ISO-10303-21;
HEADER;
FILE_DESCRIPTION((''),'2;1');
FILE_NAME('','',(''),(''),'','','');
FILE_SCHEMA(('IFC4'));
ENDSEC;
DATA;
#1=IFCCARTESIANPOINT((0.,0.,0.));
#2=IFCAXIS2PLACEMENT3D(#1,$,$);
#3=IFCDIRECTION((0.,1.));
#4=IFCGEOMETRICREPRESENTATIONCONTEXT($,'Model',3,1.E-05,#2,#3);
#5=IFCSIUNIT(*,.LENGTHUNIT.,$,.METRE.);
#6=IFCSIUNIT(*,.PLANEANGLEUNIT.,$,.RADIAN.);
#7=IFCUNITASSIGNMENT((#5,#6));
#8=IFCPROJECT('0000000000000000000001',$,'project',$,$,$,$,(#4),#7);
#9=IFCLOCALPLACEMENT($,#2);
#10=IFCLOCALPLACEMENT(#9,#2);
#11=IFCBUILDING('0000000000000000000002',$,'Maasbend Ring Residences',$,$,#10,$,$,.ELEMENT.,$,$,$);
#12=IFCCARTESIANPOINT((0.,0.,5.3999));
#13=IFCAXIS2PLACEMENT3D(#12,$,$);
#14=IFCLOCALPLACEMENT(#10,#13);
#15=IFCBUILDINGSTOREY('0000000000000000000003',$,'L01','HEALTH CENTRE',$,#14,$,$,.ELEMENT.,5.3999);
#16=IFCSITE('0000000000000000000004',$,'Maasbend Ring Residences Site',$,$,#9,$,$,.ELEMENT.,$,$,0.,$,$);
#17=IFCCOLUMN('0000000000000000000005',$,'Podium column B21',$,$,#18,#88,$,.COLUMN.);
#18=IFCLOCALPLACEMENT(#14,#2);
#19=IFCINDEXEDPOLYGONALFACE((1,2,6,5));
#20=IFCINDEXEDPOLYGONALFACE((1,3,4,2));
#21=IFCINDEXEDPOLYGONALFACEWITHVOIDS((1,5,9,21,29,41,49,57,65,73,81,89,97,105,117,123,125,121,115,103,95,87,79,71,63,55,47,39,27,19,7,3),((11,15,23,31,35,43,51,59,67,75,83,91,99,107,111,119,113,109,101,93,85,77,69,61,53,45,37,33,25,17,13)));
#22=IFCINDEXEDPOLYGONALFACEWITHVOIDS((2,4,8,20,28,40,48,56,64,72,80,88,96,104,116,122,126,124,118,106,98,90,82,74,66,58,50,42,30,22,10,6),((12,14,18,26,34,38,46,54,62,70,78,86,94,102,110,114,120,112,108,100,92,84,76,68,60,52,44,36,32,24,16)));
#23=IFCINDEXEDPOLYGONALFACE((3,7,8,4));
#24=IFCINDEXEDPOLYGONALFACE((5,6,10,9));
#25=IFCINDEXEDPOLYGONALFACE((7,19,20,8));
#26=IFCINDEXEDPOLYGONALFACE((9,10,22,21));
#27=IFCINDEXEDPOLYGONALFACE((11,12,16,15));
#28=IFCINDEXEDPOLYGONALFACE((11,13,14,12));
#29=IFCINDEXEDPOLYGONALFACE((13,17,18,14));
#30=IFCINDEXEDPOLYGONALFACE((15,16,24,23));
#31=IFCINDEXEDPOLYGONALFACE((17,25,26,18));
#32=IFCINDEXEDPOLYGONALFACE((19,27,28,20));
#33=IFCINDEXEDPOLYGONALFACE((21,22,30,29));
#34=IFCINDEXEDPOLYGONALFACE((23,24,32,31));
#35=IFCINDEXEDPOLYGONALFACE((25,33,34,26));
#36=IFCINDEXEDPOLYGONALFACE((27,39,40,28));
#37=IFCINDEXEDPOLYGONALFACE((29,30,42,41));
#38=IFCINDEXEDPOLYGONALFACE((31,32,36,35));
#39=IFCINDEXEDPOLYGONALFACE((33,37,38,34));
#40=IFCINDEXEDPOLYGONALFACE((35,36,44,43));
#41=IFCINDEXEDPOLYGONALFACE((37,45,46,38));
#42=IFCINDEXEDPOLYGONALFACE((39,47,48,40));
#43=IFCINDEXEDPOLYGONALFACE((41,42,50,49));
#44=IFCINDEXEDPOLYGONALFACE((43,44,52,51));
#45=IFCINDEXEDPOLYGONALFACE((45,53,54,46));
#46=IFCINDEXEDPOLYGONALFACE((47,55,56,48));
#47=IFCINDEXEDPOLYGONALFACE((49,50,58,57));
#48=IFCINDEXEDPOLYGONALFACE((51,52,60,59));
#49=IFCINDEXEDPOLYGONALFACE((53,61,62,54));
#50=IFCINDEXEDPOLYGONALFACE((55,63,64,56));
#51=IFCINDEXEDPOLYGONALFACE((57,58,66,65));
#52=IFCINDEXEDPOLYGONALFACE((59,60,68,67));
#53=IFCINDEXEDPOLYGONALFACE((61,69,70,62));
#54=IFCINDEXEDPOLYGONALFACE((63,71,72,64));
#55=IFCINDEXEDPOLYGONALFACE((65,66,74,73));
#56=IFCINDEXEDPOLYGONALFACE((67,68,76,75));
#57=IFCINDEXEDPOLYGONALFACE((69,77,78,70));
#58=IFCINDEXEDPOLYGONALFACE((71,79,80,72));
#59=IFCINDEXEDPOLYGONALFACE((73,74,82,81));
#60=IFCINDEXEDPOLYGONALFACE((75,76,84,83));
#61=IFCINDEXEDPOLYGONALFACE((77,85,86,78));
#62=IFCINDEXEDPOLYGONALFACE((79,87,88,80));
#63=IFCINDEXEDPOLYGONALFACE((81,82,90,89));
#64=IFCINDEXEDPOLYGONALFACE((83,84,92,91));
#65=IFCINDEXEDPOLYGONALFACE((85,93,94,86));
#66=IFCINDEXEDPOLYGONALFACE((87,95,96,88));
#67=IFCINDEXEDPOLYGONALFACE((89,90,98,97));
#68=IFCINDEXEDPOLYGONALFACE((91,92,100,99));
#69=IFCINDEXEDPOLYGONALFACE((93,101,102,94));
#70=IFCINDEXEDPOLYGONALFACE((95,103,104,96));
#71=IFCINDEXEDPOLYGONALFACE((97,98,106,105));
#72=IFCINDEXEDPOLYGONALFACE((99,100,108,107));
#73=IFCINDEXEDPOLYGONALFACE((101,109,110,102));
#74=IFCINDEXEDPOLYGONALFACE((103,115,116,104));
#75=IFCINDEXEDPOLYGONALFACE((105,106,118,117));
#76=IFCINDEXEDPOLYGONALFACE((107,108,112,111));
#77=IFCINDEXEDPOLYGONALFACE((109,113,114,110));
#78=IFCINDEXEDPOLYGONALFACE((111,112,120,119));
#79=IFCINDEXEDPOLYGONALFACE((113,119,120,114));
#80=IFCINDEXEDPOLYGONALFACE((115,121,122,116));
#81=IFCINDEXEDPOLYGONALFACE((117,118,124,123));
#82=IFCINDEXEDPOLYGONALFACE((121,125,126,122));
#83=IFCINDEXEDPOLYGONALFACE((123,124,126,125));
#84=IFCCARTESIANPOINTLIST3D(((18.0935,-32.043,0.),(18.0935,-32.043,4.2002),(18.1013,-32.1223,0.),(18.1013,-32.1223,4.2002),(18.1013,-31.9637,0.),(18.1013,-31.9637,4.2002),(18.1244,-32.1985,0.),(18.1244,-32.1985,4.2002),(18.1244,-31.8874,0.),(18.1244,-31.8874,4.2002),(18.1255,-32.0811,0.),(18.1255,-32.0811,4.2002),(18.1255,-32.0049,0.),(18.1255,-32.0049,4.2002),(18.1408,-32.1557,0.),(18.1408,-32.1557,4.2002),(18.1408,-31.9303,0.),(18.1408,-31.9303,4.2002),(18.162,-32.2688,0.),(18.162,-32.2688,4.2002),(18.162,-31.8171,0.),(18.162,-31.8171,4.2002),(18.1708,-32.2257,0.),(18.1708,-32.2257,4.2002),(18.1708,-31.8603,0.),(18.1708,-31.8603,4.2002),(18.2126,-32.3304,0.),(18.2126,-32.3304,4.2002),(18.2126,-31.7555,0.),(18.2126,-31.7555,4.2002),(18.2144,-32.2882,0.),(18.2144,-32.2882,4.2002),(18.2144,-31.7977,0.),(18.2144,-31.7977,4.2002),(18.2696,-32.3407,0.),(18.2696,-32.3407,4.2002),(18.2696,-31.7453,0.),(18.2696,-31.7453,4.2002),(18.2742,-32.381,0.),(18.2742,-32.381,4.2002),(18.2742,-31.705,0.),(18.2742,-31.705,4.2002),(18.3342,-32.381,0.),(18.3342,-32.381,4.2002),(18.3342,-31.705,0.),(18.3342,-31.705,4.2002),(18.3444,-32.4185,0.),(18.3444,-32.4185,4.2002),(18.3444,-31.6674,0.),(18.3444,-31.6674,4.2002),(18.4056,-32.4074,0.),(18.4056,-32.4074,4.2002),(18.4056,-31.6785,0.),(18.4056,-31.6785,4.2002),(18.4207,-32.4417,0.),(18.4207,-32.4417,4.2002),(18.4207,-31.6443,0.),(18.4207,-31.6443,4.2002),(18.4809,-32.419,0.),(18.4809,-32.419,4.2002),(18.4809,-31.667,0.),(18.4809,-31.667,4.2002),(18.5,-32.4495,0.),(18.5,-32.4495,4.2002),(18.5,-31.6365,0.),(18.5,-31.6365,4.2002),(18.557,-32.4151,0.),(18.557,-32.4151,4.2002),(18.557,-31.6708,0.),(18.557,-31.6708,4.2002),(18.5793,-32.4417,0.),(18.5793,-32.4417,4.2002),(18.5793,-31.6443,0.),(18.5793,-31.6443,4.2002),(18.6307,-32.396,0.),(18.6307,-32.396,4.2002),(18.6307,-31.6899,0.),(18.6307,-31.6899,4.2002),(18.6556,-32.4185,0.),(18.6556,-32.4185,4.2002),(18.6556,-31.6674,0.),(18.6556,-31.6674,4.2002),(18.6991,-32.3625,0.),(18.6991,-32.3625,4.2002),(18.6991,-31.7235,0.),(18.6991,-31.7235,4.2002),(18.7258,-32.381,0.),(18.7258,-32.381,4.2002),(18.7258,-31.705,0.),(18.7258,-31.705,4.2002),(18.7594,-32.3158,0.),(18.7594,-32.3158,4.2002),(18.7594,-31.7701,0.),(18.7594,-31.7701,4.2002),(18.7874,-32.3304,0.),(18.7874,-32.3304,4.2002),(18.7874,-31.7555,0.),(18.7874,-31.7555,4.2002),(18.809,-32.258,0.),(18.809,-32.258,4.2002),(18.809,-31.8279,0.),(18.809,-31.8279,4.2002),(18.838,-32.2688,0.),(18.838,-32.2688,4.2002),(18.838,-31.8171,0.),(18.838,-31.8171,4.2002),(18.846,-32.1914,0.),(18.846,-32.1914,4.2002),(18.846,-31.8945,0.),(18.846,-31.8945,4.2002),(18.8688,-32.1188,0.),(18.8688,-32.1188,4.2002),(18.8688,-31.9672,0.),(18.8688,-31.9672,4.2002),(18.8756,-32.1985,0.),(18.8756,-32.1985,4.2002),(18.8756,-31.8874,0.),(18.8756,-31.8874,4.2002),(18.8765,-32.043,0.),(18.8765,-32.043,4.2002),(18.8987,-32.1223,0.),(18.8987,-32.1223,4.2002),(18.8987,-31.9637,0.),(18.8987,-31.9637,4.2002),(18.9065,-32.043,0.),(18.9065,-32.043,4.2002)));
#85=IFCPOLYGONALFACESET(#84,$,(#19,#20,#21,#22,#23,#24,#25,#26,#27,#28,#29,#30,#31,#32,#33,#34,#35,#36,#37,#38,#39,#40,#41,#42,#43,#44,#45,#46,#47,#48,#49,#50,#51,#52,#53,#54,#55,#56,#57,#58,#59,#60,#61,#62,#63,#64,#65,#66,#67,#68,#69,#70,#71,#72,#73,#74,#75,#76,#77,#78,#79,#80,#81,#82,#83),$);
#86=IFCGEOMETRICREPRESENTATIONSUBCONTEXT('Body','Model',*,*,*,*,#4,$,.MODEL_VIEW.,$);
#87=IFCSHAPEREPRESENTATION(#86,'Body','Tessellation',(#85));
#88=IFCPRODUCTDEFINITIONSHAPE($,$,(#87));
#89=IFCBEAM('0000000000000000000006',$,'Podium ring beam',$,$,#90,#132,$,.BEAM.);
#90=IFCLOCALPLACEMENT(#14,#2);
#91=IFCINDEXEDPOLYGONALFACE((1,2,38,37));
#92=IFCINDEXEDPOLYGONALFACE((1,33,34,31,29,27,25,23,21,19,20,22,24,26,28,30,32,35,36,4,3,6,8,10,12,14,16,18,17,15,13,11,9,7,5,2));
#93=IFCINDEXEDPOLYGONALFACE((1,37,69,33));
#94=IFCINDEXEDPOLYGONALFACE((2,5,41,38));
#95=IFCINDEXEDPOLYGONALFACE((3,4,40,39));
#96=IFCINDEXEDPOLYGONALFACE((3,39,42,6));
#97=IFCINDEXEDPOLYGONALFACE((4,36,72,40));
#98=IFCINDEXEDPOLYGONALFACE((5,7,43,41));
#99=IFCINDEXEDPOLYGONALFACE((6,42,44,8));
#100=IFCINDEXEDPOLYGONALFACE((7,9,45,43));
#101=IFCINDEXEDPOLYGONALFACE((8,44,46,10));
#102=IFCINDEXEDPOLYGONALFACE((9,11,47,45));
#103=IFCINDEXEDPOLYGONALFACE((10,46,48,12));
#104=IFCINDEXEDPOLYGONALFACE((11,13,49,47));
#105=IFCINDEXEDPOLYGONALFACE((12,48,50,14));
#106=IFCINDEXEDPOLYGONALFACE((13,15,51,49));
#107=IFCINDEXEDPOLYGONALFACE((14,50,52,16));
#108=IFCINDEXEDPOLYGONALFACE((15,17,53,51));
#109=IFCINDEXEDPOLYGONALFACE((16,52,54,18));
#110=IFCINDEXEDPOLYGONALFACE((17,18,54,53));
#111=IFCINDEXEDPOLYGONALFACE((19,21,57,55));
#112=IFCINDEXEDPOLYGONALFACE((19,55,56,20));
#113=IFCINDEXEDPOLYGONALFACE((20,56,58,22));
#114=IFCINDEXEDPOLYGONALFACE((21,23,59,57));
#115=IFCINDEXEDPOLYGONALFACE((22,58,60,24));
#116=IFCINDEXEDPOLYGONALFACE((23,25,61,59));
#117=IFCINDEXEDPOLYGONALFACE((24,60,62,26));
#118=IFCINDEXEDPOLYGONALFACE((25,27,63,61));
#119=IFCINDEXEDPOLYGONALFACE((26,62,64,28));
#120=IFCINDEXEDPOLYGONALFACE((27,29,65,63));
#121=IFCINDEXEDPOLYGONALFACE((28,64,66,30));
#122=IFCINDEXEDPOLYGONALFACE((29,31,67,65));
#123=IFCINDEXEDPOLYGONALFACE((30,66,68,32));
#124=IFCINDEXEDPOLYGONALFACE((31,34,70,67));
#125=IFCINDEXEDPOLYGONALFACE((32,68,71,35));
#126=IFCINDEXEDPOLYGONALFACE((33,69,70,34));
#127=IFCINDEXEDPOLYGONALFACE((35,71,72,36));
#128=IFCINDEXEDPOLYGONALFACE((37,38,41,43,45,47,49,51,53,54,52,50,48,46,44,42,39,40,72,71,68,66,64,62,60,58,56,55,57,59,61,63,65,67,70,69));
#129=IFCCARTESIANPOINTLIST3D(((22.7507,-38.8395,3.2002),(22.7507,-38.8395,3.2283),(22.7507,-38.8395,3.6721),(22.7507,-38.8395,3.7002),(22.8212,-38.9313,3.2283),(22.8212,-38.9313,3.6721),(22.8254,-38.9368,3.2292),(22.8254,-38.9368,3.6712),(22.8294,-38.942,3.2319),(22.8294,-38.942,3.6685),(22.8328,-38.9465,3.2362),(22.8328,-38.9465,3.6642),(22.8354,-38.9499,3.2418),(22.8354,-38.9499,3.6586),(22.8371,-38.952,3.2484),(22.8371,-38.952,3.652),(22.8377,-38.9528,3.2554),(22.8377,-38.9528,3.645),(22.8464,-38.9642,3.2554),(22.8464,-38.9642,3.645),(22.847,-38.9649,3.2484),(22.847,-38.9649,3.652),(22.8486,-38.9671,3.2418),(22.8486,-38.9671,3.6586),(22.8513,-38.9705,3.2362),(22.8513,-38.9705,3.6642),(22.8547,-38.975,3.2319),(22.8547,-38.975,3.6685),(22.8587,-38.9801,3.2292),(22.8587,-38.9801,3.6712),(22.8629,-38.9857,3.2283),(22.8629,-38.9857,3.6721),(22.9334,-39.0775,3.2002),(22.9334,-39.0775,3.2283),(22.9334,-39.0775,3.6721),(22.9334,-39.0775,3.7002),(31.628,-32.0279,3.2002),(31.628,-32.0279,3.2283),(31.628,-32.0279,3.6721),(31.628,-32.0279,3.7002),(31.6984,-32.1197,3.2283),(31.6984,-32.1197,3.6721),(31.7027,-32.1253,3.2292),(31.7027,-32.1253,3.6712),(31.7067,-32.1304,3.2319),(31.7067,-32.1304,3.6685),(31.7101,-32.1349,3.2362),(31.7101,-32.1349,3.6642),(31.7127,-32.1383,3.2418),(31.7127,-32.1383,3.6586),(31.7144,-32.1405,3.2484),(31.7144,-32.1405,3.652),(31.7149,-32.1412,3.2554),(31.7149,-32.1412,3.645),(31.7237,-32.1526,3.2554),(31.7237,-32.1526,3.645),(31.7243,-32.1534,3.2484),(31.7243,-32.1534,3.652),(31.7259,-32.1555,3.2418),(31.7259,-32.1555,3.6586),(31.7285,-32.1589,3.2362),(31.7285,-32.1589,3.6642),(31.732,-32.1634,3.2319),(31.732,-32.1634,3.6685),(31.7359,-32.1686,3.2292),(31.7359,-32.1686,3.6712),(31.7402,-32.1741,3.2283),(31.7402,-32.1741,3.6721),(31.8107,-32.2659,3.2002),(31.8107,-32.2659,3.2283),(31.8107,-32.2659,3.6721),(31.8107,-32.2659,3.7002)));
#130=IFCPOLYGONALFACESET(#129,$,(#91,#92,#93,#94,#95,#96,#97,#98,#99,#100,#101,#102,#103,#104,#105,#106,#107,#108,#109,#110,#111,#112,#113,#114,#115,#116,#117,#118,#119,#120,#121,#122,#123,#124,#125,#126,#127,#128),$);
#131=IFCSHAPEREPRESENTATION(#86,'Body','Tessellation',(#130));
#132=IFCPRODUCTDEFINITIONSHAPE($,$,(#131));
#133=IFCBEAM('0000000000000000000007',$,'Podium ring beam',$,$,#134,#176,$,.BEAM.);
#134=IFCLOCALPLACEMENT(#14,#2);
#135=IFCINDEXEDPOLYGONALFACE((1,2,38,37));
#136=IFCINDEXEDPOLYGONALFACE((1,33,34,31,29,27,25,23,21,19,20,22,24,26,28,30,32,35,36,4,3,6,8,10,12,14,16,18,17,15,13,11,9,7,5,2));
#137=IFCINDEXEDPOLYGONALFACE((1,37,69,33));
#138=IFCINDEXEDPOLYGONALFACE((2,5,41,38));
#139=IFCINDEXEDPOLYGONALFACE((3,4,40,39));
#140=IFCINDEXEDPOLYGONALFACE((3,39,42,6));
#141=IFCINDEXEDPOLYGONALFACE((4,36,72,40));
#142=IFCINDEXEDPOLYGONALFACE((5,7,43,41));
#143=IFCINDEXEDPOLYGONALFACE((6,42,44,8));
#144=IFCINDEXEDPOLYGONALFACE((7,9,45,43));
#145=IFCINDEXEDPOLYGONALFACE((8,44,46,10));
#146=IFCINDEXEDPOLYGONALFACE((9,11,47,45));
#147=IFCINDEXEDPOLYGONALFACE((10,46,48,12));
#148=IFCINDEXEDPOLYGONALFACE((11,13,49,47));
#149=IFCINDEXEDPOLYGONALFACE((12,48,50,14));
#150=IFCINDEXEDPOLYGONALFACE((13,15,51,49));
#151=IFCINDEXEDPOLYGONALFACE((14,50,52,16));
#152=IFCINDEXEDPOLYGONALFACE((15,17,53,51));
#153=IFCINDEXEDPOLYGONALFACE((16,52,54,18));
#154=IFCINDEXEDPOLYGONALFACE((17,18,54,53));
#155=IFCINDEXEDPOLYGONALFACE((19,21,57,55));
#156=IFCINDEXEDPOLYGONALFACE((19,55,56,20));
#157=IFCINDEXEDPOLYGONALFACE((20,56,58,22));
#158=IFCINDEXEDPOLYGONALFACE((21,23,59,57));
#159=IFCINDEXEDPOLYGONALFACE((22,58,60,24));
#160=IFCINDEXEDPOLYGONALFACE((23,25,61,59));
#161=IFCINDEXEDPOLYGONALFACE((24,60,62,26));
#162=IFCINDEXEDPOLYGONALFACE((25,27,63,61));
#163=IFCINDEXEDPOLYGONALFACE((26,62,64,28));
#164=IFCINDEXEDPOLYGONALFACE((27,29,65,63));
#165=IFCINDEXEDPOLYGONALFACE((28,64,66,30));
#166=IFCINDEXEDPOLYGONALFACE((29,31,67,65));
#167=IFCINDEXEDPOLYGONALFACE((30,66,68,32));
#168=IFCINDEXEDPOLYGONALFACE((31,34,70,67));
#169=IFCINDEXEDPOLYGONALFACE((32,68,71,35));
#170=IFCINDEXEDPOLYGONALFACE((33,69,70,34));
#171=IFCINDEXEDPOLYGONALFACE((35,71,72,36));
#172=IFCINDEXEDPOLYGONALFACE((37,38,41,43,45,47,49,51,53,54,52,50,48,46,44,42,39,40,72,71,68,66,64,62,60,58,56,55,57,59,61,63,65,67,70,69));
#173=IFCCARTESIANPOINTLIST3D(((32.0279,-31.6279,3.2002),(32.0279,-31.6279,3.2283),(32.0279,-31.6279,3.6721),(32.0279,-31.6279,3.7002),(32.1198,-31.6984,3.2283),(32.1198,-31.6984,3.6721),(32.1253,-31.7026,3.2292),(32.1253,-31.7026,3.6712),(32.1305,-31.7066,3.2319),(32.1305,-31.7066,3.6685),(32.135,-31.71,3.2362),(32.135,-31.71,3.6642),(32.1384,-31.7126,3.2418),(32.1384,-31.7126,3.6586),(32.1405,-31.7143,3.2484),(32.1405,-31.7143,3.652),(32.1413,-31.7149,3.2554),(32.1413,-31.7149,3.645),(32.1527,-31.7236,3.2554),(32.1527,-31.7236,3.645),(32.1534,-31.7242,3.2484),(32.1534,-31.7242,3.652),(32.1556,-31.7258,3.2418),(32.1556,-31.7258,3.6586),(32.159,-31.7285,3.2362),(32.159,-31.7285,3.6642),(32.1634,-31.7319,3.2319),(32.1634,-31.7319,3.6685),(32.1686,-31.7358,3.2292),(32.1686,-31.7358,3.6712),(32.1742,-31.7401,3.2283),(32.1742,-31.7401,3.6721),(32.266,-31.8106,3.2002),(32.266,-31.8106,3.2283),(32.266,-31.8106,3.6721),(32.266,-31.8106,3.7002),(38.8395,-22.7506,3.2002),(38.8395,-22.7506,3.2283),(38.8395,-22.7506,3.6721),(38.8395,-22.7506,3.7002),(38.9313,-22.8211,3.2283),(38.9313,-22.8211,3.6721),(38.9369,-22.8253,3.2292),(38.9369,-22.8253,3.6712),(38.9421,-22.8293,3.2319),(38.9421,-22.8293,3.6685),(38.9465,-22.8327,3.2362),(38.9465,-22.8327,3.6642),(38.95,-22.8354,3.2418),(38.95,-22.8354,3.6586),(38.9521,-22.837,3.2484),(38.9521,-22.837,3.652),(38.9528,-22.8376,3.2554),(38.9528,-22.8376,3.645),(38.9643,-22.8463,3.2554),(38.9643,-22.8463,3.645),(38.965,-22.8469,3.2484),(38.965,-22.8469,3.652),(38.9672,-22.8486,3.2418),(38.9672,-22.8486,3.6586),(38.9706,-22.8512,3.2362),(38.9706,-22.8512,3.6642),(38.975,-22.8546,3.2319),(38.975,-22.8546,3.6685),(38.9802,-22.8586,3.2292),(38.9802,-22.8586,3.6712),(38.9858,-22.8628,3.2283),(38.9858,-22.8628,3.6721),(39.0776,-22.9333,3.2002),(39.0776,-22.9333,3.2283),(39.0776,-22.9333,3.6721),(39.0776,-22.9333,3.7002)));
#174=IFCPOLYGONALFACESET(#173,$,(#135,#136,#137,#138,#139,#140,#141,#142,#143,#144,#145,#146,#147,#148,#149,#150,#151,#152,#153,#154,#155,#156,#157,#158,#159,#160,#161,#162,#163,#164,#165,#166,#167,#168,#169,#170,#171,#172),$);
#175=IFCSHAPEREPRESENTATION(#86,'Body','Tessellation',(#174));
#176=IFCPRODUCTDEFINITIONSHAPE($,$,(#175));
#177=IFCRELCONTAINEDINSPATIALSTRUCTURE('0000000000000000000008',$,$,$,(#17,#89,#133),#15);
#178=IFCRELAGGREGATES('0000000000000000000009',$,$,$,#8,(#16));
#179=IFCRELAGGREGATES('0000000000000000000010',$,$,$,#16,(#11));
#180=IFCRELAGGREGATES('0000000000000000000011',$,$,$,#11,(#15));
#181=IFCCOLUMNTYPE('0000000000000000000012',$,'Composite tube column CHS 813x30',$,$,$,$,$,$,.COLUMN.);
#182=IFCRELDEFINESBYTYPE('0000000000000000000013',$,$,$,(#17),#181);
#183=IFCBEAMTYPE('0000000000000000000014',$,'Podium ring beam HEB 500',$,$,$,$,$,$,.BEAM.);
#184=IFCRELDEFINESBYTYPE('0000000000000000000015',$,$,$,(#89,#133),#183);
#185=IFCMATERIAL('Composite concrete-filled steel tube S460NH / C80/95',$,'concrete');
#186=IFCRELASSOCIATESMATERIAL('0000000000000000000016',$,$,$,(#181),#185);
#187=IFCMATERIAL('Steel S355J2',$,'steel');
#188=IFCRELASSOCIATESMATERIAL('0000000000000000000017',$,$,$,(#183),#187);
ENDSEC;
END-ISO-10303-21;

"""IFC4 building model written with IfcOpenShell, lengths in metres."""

from ifc_helpers import new_model, si_unit, direction, frame, origin, origin_2d, place, context, subcontext, project, spatial, hollow_circle, i_section, extrude, material, material_profile, profile_set, type_object, element, save


model = new_model("IFC4")

# Units and contexts
model_context = context("Model", 3, precision=1e-05, world=origin(), true_north=direction((0.0, 1.0)))
body_context = subcontext(model_context, "Body", "Model", "MODEL_VIEW")
ifc_project = project(units=[si_unit("LENGTHUNIT", "METRE"), si_unit("PLANEANGLEUNIT", "RADIAN")], contexts=[model_context])

# Site, building, storey
site_placement = place(None, origin())
site = spatial("IfcSite", under=ifc_project, at=site_placement, Name="Maasbend Ring Residences Site", CompositionType="ELEMENT", RefElevation=0.0)
building_placement = place(site_placement, origin())
building = spatial("IfcBuilding", under=site, at=building_placement, Name="Maasbend Ring Residences", CompositionType="ELEMENT")
storey_placement = place(building_placement, frame((0.0, 0.0, 5.3999)))
storey = spatial("IfcBuildingStorey", under=building, at=storey_placement, Name="L01", Description="HEALTH CENTRE", CompositionType="ELEMENT", Elevation=5.3999)

# Column
ifc_material_1 = material(Name="Composite concrete-filled steel tube S460NH / C80/95", Category="concrete")
ifc_material_profile_1 = material_profile(ifc_material_1, hollow_circle(Radius=0.4065, WallThickness=0.03, at=origin_2d()), Name="Composite tube column CHS 813x30")
ifc_profile_set_1 = profile_set([ifc_material_profile_1], Name="Composite concrete-filled steel tube S460NH / C80/95")
column_type_1 = type_object("IfcColumnType", Name="Composite tube column CHS 813x30", PredefinedType="COLUMN", material=ifc_profile_set_1)
column_placement = place(storey_placement, frame((18.5, -32.043, 0.0), z_axis=(0.0, 0.0, 1.0), x_axis=(1.0, 0.0, 0.0)))
element("IfcColumn", 1, at=column_placement, inside=storey, type_object=column_type_1, Name="Podium column B21", PredefinedType="COLUMN", context=body_context, shape_type="SweptSolid", body=[
    extrude(hollow_circle(Radius=0.4065, WallThickness=0.03, at=origin_2d()), origin(), (0.0, 0.0, 1.0), 4.2002),
])

# Beams
ifc_material_2 = material(Name="Steel S355J2", Category="steel")
ifc_material_profile_2 = material_profile(ifc_material_2, i_section(OverallWidth=0.3, OverallDepth=0.5, WebThickness=0.0144, FlangeThickness=0.0281, FilletRadius=0.0271, at=origin_2d()), Name="HEB 500")
ifc_profile_set_2 = profile_set([ifc_material_profile_2], Name="Steel S355J2")
beam_type_1 = type_object("IfcBeamType", Name="Podium ring beam HEB 500", PredefinedType="BEAM", material=ifc_profile_set_2)
for number, where, z_axis, x_axis, name in (
    (2, (22.842, -38.9585, 3.4502), (0.793362, 0.608751, 0.0), (-0.608751, 0.793362, 0.0), "Podium ring beam"),
    (3, (32.147, -31.7192, 3.4502), (0.608751, 0.793362, 0.0), (-0.793362, 0.608751, 0.0), "Podium ring beam"),
):
    element("IfcBeam", number, at=place(storey_placement, frame(where, z_axis=z_axis, x_axis=x_axis)), inside=storey, type_object=beam_type_1, Name=name, PredefinedType="BEAM", context=body_context, shape_type="SweptSolid", body=[
        extrude(i_section(OverallWidth=0.3, OverallDepth=0.5, WebThickness=0.0144, FlangeThickness=0.0281, FilletRadius=0.0271, at=origin_2d()), origin(), (0.0, 0.0, 1.0), 11.1895),
    ])

save(model, "model.ifc")
